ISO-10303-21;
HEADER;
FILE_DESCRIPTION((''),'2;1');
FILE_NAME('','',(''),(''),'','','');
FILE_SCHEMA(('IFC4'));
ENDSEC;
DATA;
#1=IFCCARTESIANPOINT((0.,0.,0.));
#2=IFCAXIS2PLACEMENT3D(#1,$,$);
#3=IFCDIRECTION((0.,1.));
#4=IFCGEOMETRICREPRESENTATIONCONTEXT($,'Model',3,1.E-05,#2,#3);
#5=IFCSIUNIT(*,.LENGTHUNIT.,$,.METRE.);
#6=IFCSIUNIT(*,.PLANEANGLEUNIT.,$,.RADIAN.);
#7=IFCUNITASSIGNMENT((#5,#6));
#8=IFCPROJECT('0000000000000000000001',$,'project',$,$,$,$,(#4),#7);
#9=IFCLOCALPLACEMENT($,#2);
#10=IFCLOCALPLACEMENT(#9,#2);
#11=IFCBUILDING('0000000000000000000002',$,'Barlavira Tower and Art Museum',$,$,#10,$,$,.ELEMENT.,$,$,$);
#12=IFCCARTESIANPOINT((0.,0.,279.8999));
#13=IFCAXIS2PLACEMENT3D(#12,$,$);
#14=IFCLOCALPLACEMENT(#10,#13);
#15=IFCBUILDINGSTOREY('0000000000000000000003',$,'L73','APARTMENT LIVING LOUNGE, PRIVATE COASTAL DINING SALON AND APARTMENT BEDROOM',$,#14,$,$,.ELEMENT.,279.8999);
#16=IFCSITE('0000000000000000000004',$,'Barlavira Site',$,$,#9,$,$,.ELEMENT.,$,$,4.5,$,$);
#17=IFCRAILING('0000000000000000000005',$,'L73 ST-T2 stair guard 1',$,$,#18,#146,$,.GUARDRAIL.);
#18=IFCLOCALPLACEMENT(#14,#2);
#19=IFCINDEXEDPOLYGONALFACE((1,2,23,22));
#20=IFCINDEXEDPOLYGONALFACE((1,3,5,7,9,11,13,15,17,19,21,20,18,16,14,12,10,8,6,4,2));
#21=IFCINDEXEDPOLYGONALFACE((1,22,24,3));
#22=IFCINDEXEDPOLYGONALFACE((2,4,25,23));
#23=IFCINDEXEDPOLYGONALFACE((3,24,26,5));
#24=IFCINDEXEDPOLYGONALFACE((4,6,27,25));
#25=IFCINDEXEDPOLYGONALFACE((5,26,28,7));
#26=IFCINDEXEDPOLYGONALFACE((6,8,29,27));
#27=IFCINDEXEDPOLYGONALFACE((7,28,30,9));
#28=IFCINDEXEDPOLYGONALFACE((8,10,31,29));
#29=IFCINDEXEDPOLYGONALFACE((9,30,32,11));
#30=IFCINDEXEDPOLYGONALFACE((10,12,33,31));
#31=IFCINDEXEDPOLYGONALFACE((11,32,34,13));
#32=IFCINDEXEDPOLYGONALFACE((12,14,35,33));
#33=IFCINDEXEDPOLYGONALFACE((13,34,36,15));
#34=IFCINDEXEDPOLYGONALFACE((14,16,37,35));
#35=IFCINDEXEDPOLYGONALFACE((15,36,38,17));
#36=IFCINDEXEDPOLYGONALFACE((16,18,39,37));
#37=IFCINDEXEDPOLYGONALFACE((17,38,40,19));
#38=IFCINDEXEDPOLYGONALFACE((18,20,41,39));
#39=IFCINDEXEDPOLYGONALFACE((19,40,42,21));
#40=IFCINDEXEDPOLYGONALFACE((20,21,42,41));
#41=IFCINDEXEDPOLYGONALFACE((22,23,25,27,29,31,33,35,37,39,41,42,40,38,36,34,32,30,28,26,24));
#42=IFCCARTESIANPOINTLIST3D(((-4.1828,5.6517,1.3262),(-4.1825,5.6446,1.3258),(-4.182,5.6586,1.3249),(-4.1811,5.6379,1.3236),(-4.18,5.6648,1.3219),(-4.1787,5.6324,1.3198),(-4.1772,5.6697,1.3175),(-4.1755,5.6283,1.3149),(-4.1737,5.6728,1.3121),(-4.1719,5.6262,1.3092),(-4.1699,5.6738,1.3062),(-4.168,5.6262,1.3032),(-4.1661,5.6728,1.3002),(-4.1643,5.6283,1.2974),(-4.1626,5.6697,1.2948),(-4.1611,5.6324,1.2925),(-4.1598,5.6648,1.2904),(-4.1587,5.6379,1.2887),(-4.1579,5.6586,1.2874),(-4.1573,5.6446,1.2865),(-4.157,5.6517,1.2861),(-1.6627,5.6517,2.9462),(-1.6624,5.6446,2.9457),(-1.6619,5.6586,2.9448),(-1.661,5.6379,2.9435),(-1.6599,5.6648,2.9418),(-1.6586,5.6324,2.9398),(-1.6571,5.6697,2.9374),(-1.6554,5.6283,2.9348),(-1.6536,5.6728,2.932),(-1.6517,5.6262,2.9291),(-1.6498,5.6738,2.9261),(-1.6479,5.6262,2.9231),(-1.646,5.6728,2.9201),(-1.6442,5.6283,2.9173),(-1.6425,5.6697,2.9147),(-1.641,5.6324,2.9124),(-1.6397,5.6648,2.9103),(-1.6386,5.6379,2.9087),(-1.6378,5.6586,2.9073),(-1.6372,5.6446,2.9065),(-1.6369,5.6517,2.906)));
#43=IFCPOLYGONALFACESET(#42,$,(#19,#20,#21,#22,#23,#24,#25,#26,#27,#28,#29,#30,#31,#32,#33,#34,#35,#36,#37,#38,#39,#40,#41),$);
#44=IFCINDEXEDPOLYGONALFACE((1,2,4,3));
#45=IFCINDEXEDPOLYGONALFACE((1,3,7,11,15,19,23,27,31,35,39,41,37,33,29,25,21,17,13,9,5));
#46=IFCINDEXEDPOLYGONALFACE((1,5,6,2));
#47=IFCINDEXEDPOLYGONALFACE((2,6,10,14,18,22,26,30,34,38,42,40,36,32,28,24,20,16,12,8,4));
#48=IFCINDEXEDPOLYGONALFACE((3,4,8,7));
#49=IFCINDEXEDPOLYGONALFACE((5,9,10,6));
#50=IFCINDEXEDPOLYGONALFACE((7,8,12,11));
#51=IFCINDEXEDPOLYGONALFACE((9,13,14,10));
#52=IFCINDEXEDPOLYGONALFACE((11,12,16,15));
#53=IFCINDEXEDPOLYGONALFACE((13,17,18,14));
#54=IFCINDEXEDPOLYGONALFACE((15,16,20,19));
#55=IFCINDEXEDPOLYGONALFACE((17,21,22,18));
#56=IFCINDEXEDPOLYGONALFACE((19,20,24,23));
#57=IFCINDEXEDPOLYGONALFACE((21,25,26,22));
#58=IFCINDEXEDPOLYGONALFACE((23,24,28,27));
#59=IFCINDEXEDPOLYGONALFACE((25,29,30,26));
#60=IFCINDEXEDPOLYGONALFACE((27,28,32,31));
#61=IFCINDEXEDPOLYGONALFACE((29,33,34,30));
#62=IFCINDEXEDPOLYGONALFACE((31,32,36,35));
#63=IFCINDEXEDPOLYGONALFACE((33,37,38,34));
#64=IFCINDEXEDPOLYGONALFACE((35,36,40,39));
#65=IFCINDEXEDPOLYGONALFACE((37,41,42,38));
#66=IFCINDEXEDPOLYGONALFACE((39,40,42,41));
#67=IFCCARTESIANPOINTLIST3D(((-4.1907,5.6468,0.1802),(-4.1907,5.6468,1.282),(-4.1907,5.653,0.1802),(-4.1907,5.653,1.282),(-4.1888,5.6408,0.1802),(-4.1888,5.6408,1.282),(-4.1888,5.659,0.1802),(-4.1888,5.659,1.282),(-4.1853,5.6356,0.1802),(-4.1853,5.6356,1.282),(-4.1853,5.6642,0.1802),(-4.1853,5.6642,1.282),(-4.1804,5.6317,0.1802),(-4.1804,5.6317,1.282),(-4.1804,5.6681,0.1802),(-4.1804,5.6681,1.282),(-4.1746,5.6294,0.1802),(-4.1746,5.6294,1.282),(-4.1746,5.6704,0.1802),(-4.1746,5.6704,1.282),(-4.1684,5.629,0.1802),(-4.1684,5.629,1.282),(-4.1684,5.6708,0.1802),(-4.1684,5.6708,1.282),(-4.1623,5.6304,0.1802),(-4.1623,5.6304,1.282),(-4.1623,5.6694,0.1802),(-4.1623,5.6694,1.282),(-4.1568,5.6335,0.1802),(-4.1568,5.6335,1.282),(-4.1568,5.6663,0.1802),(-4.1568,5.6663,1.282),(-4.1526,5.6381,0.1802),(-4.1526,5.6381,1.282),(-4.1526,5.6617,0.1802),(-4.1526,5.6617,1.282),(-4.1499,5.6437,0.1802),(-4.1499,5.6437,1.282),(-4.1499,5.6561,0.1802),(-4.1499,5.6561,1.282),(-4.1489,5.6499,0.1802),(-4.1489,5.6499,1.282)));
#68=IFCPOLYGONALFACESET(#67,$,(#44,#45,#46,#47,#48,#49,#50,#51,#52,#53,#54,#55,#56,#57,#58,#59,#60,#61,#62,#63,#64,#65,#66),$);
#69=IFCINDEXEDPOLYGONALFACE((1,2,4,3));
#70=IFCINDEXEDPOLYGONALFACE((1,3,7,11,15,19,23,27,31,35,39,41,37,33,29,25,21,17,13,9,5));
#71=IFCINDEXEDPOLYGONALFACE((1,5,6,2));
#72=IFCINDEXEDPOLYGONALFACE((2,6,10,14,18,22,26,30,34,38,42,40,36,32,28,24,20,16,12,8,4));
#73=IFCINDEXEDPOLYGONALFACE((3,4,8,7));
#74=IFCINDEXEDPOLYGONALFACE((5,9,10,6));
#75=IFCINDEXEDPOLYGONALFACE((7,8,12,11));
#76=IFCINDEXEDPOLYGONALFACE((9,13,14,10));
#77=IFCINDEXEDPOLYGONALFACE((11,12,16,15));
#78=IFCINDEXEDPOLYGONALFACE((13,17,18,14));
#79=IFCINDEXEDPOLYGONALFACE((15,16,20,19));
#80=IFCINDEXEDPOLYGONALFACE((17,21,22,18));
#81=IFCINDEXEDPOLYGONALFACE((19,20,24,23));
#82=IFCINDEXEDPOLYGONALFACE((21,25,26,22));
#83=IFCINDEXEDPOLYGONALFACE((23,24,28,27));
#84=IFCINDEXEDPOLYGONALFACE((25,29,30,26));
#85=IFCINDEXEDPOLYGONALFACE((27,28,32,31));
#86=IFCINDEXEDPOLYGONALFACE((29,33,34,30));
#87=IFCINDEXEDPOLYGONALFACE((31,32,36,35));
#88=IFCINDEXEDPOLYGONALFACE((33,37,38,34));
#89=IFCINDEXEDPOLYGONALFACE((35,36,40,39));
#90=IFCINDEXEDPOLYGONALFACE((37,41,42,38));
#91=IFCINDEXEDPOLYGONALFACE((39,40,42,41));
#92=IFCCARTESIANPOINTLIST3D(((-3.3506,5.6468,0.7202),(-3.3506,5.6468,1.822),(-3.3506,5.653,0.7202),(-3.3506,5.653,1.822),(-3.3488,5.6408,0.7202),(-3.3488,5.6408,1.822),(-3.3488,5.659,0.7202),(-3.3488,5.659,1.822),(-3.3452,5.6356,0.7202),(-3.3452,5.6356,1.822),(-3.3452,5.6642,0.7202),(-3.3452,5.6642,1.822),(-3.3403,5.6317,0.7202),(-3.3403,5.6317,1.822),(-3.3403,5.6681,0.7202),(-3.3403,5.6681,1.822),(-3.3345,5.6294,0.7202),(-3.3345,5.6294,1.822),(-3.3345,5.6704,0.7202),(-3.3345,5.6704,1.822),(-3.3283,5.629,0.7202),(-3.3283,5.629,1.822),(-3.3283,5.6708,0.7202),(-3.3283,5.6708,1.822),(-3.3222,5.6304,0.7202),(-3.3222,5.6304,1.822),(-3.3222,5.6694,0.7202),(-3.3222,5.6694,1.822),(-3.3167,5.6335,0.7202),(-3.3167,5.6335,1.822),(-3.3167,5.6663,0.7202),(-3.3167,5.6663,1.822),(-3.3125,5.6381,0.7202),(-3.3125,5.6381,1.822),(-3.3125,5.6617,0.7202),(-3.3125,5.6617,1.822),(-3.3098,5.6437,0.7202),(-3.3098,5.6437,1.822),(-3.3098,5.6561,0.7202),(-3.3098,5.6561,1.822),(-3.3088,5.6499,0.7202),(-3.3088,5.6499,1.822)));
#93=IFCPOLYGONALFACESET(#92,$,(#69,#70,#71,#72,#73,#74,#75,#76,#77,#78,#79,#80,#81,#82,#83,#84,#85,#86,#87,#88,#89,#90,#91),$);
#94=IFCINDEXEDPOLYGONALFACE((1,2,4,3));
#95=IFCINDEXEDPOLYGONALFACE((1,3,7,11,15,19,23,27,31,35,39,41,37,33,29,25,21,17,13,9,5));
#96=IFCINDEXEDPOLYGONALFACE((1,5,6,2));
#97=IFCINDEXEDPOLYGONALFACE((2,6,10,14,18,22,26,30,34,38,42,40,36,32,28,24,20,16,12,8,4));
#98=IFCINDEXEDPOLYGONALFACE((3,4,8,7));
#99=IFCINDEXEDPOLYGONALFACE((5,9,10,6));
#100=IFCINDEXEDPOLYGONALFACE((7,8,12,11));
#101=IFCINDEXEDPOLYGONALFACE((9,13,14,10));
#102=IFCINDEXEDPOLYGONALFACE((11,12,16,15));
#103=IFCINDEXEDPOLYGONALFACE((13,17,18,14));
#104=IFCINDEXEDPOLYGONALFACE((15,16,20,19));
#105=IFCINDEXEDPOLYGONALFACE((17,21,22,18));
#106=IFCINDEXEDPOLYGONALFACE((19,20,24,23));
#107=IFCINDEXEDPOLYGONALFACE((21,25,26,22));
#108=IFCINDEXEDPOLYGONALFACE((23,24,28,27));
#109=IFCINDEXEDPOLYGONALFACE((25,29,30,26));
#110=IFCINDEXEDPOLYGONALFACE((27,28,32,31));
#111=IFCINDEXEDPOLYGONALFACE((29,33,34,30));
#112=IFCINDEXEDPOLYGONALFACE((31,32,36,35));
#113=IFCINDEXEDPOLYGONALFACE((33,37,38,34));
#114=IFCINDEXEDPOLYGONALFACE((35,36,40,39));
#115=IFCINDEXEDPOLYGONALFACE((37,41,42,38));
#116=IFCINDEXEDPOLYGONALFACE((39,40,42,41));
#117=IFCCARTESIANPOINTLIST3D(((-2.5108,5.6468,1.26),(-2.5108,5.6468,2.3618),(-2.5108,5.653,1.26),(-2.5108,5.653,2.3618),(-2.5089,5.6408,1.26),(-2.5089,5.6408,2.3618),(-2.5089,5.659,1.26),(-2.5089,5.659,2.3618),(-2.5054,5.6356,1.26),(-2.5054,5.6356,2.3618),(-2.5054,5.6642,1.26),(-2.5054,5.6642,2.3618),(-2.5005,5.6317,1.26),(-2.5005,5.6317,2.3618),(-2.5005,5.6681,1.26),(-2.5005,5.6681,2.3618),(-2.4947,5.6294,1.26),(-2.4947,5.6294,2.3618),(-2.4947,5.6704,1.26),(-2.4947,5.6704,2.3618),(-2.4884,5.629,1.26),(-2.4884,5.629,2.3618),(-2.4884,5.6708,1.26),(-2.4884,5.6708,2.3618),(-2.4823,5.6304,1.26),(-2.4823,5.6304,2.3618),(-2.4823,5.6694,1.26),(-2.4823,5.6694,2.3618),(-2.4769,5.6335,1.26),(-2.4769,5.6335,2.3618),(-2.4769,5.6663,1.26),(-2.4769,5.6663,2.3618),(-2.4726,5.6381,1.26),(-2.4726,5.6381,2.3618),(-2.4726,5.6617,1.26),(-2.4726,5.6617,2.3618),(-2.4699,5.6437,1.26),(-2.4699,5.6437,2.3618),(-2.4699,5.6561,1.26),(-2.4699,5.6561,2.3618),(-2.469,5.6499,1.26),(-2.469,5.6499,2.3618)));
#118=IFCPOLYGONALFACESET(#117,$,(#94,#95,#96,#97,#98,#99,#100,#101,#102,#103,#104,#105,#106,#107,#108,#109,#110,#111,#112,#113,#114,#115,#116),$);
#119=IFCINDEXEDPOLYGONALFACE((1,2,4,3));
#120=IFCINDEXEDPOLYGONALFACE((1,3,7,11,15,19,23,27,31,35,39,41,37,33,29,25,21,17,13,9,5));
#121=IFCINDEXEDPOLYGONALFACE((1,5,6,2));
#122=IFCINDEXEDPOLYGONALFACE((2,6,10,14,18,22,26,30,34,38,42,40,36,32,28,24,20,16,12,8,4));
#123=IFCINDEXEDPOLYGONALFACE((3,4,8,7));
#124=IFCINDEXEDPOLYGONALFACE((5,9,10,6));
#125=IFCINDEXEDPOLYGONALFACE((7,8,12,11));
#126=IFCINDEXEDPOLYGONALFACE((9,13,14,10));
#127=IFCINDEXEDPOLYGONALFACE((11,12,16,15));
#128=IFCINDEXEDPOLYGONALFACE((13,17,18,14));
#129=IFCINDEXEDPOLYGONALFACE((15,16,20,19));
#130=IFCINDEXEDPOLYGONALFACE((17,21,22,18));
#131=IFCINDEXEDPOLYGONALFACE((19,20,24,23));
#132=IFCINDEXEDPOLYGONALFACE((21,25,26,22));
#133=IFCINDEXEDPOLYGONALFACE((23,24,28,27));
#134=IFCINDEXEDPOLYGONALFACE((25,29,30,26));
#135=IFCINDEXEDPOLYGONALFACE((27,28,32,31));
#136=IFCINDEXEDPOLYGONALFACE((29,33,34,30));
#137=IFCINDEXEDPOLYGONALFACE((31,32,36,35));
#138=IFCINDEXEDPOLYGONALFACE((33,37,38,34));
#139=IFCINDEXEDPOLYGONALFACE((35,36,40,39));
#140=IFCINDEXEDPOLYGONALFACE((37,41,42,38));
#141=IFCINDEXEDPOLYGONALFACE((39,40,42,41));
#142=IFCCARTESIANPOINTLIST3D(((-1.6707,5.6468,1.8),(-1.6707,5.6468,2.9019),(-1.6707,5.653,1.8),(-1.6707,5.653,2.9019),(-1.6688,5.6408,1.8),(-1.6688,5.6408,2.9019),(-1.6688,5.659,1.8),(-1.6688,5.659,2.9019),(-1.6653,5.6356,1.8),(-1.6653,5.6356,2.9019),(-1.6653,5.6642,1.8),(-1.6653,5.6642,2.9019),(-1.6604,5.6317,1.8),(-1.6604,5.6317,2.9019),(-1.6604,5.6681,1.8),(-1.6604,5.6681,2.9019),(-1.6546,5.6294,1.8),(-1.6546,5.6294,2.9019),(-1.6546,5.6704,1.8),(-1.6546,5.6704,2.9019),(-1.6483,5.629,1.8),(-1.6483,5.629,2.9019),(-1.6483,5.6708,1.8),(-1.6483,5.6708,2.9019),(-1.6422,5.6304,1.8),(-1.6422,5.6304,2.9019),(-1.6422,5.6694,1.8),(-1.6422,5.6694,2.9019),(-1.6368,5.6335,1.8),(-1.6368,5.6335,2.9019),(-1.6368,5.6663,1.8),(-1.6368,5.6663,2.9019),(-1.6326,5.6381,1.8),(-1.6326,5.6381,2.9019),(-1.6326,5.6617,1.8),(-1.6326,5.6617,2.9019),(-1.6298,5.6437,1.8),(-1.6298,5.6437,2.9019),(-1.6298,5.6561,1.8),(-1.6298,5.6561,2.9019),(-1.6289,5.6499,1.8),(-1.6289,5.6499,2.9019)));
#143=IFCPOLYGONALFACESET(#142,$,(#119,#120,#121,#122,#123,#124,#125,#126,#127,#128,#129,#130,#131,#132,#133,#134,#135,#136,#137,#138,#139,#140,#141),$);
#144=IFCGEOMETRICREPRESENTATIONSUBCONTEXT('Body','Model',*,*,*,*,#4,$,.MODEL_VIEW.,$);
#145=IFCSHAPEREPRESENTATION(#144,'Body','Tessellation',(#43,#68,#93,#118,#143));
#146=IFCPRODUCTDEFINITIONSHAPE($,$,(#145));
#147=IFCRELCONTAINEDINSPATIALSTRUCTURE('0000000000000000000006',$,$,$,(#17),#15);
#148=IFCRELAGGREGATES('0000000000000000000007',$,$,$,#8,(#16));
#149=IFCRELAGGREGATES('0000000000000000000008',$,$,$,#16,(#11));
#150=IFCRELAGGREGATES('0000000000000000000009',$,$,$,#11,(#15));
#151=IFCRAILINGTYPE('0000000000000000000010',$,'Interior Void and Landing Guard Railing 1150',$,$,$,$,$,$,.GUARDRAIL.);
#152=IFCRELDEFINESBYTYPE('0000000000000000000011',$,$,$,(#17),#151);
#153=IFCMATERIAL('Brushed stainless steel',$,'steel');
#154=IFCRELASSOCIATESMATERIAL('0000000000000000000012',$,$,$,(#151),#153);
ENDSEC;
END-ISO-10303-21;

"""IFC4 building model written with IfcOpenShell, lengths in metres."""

from ifc_helpers import new_model, si_unit, direction, frame, origin, origin_2d, place, context, subcontext, project, spatial, circle, extrude, material, type_object, element, save


model = new_model("IFC4")

# Units and contexts
model_context = context("Model", 3, precision=1e-05, world=origin(), true_north=direction((0.0, 1.0)))
body_context = subcontext(model_context, "Body", "Model", "MODEL_VIEW")
ifc_project = project(units=[si_unit("LENGTHUNIT", "METRE"), si_unit("PLANEANGLEUNIT", "RADIAN")], contexts=[model_context])

# Site, building, storey
site_placement = place(None, origin())
site = spatial("IfcSite", under=ifc_project, at=site_placement, Name="Barlavira Site", CompositionType="ELEMENT", RefElevation=4.5)
building_placement = place(site_placement, origin())
building = spatial("IfcBuilding", under=site, at=building_placement, Name="Barlavira Tower and Art Museum", CompositionType="ELEMENT")
storey_placement = place(building_placement, frame((0.0, 0.0, 279.8999)))
storey = spatial("IfcBuildingStorey", under=building, at=storey_placement, Name="L73", Description="APARTMENT LIVING LOUNGE, PRIVATE COASTAL DINING SALON AND APARTMENT BEDROOM", CompositionType="ELEMENT", Elevation=279.8999)

# Railing
ifc_material_1 = material(Name="Brushed stainless steel", Category="steel")
railing_type_1 = type_object("IfcRailingType", Name="Interior Void and Landing Guard Railing 1150", PredefinedType="GUARDRAIL", material=ifc_material_1)
railing_1_placement = place(storey_placement, frame((-4.1699, 5.6499, 0.1802)))
element("IfcRailing", 1, at=railing_1_placement, inside=storey, type_object=railing_type_1, Name="L73 ST-T2 stair guard 1", PredefinedType="GUARDRAIL", context=body_context, shape_type="SweptSolid", body=[
    extrude(circle(Radius=0.0239, at=origin_2d()), frame((0.0, 0.0, 1.126), z_axis=(0.8412, 0.0, 0.540725), x_axis=(0.0, 1.0, 0.0)), (0.0, 0.0, 1.0), 2.9958),
    extrude(circle(Radius=0.021, at=origin_2d()), origin(), (0.0, 0.0, 1.0), 1.1018),
    extrude(circle(Radius=0.021, at=origin_2d()), frame((0.8401, 0.0, 0.54)), (0.0, 0.0, 1.0), 1.1018),
    extrude(circle(Radius=0.021, at=origin_2d()), frame((1.6799, 0.0, 1.0798)), (0.0, 0.0, 1.0), 1.1018),
    extrude(circle(Radius=0.021, at=origin_2d()), frame((2.52, 0.0, 1.6199)), (0.0, 0.0, 1.0), 1.1018),
])

save(model, "model.ifc")
